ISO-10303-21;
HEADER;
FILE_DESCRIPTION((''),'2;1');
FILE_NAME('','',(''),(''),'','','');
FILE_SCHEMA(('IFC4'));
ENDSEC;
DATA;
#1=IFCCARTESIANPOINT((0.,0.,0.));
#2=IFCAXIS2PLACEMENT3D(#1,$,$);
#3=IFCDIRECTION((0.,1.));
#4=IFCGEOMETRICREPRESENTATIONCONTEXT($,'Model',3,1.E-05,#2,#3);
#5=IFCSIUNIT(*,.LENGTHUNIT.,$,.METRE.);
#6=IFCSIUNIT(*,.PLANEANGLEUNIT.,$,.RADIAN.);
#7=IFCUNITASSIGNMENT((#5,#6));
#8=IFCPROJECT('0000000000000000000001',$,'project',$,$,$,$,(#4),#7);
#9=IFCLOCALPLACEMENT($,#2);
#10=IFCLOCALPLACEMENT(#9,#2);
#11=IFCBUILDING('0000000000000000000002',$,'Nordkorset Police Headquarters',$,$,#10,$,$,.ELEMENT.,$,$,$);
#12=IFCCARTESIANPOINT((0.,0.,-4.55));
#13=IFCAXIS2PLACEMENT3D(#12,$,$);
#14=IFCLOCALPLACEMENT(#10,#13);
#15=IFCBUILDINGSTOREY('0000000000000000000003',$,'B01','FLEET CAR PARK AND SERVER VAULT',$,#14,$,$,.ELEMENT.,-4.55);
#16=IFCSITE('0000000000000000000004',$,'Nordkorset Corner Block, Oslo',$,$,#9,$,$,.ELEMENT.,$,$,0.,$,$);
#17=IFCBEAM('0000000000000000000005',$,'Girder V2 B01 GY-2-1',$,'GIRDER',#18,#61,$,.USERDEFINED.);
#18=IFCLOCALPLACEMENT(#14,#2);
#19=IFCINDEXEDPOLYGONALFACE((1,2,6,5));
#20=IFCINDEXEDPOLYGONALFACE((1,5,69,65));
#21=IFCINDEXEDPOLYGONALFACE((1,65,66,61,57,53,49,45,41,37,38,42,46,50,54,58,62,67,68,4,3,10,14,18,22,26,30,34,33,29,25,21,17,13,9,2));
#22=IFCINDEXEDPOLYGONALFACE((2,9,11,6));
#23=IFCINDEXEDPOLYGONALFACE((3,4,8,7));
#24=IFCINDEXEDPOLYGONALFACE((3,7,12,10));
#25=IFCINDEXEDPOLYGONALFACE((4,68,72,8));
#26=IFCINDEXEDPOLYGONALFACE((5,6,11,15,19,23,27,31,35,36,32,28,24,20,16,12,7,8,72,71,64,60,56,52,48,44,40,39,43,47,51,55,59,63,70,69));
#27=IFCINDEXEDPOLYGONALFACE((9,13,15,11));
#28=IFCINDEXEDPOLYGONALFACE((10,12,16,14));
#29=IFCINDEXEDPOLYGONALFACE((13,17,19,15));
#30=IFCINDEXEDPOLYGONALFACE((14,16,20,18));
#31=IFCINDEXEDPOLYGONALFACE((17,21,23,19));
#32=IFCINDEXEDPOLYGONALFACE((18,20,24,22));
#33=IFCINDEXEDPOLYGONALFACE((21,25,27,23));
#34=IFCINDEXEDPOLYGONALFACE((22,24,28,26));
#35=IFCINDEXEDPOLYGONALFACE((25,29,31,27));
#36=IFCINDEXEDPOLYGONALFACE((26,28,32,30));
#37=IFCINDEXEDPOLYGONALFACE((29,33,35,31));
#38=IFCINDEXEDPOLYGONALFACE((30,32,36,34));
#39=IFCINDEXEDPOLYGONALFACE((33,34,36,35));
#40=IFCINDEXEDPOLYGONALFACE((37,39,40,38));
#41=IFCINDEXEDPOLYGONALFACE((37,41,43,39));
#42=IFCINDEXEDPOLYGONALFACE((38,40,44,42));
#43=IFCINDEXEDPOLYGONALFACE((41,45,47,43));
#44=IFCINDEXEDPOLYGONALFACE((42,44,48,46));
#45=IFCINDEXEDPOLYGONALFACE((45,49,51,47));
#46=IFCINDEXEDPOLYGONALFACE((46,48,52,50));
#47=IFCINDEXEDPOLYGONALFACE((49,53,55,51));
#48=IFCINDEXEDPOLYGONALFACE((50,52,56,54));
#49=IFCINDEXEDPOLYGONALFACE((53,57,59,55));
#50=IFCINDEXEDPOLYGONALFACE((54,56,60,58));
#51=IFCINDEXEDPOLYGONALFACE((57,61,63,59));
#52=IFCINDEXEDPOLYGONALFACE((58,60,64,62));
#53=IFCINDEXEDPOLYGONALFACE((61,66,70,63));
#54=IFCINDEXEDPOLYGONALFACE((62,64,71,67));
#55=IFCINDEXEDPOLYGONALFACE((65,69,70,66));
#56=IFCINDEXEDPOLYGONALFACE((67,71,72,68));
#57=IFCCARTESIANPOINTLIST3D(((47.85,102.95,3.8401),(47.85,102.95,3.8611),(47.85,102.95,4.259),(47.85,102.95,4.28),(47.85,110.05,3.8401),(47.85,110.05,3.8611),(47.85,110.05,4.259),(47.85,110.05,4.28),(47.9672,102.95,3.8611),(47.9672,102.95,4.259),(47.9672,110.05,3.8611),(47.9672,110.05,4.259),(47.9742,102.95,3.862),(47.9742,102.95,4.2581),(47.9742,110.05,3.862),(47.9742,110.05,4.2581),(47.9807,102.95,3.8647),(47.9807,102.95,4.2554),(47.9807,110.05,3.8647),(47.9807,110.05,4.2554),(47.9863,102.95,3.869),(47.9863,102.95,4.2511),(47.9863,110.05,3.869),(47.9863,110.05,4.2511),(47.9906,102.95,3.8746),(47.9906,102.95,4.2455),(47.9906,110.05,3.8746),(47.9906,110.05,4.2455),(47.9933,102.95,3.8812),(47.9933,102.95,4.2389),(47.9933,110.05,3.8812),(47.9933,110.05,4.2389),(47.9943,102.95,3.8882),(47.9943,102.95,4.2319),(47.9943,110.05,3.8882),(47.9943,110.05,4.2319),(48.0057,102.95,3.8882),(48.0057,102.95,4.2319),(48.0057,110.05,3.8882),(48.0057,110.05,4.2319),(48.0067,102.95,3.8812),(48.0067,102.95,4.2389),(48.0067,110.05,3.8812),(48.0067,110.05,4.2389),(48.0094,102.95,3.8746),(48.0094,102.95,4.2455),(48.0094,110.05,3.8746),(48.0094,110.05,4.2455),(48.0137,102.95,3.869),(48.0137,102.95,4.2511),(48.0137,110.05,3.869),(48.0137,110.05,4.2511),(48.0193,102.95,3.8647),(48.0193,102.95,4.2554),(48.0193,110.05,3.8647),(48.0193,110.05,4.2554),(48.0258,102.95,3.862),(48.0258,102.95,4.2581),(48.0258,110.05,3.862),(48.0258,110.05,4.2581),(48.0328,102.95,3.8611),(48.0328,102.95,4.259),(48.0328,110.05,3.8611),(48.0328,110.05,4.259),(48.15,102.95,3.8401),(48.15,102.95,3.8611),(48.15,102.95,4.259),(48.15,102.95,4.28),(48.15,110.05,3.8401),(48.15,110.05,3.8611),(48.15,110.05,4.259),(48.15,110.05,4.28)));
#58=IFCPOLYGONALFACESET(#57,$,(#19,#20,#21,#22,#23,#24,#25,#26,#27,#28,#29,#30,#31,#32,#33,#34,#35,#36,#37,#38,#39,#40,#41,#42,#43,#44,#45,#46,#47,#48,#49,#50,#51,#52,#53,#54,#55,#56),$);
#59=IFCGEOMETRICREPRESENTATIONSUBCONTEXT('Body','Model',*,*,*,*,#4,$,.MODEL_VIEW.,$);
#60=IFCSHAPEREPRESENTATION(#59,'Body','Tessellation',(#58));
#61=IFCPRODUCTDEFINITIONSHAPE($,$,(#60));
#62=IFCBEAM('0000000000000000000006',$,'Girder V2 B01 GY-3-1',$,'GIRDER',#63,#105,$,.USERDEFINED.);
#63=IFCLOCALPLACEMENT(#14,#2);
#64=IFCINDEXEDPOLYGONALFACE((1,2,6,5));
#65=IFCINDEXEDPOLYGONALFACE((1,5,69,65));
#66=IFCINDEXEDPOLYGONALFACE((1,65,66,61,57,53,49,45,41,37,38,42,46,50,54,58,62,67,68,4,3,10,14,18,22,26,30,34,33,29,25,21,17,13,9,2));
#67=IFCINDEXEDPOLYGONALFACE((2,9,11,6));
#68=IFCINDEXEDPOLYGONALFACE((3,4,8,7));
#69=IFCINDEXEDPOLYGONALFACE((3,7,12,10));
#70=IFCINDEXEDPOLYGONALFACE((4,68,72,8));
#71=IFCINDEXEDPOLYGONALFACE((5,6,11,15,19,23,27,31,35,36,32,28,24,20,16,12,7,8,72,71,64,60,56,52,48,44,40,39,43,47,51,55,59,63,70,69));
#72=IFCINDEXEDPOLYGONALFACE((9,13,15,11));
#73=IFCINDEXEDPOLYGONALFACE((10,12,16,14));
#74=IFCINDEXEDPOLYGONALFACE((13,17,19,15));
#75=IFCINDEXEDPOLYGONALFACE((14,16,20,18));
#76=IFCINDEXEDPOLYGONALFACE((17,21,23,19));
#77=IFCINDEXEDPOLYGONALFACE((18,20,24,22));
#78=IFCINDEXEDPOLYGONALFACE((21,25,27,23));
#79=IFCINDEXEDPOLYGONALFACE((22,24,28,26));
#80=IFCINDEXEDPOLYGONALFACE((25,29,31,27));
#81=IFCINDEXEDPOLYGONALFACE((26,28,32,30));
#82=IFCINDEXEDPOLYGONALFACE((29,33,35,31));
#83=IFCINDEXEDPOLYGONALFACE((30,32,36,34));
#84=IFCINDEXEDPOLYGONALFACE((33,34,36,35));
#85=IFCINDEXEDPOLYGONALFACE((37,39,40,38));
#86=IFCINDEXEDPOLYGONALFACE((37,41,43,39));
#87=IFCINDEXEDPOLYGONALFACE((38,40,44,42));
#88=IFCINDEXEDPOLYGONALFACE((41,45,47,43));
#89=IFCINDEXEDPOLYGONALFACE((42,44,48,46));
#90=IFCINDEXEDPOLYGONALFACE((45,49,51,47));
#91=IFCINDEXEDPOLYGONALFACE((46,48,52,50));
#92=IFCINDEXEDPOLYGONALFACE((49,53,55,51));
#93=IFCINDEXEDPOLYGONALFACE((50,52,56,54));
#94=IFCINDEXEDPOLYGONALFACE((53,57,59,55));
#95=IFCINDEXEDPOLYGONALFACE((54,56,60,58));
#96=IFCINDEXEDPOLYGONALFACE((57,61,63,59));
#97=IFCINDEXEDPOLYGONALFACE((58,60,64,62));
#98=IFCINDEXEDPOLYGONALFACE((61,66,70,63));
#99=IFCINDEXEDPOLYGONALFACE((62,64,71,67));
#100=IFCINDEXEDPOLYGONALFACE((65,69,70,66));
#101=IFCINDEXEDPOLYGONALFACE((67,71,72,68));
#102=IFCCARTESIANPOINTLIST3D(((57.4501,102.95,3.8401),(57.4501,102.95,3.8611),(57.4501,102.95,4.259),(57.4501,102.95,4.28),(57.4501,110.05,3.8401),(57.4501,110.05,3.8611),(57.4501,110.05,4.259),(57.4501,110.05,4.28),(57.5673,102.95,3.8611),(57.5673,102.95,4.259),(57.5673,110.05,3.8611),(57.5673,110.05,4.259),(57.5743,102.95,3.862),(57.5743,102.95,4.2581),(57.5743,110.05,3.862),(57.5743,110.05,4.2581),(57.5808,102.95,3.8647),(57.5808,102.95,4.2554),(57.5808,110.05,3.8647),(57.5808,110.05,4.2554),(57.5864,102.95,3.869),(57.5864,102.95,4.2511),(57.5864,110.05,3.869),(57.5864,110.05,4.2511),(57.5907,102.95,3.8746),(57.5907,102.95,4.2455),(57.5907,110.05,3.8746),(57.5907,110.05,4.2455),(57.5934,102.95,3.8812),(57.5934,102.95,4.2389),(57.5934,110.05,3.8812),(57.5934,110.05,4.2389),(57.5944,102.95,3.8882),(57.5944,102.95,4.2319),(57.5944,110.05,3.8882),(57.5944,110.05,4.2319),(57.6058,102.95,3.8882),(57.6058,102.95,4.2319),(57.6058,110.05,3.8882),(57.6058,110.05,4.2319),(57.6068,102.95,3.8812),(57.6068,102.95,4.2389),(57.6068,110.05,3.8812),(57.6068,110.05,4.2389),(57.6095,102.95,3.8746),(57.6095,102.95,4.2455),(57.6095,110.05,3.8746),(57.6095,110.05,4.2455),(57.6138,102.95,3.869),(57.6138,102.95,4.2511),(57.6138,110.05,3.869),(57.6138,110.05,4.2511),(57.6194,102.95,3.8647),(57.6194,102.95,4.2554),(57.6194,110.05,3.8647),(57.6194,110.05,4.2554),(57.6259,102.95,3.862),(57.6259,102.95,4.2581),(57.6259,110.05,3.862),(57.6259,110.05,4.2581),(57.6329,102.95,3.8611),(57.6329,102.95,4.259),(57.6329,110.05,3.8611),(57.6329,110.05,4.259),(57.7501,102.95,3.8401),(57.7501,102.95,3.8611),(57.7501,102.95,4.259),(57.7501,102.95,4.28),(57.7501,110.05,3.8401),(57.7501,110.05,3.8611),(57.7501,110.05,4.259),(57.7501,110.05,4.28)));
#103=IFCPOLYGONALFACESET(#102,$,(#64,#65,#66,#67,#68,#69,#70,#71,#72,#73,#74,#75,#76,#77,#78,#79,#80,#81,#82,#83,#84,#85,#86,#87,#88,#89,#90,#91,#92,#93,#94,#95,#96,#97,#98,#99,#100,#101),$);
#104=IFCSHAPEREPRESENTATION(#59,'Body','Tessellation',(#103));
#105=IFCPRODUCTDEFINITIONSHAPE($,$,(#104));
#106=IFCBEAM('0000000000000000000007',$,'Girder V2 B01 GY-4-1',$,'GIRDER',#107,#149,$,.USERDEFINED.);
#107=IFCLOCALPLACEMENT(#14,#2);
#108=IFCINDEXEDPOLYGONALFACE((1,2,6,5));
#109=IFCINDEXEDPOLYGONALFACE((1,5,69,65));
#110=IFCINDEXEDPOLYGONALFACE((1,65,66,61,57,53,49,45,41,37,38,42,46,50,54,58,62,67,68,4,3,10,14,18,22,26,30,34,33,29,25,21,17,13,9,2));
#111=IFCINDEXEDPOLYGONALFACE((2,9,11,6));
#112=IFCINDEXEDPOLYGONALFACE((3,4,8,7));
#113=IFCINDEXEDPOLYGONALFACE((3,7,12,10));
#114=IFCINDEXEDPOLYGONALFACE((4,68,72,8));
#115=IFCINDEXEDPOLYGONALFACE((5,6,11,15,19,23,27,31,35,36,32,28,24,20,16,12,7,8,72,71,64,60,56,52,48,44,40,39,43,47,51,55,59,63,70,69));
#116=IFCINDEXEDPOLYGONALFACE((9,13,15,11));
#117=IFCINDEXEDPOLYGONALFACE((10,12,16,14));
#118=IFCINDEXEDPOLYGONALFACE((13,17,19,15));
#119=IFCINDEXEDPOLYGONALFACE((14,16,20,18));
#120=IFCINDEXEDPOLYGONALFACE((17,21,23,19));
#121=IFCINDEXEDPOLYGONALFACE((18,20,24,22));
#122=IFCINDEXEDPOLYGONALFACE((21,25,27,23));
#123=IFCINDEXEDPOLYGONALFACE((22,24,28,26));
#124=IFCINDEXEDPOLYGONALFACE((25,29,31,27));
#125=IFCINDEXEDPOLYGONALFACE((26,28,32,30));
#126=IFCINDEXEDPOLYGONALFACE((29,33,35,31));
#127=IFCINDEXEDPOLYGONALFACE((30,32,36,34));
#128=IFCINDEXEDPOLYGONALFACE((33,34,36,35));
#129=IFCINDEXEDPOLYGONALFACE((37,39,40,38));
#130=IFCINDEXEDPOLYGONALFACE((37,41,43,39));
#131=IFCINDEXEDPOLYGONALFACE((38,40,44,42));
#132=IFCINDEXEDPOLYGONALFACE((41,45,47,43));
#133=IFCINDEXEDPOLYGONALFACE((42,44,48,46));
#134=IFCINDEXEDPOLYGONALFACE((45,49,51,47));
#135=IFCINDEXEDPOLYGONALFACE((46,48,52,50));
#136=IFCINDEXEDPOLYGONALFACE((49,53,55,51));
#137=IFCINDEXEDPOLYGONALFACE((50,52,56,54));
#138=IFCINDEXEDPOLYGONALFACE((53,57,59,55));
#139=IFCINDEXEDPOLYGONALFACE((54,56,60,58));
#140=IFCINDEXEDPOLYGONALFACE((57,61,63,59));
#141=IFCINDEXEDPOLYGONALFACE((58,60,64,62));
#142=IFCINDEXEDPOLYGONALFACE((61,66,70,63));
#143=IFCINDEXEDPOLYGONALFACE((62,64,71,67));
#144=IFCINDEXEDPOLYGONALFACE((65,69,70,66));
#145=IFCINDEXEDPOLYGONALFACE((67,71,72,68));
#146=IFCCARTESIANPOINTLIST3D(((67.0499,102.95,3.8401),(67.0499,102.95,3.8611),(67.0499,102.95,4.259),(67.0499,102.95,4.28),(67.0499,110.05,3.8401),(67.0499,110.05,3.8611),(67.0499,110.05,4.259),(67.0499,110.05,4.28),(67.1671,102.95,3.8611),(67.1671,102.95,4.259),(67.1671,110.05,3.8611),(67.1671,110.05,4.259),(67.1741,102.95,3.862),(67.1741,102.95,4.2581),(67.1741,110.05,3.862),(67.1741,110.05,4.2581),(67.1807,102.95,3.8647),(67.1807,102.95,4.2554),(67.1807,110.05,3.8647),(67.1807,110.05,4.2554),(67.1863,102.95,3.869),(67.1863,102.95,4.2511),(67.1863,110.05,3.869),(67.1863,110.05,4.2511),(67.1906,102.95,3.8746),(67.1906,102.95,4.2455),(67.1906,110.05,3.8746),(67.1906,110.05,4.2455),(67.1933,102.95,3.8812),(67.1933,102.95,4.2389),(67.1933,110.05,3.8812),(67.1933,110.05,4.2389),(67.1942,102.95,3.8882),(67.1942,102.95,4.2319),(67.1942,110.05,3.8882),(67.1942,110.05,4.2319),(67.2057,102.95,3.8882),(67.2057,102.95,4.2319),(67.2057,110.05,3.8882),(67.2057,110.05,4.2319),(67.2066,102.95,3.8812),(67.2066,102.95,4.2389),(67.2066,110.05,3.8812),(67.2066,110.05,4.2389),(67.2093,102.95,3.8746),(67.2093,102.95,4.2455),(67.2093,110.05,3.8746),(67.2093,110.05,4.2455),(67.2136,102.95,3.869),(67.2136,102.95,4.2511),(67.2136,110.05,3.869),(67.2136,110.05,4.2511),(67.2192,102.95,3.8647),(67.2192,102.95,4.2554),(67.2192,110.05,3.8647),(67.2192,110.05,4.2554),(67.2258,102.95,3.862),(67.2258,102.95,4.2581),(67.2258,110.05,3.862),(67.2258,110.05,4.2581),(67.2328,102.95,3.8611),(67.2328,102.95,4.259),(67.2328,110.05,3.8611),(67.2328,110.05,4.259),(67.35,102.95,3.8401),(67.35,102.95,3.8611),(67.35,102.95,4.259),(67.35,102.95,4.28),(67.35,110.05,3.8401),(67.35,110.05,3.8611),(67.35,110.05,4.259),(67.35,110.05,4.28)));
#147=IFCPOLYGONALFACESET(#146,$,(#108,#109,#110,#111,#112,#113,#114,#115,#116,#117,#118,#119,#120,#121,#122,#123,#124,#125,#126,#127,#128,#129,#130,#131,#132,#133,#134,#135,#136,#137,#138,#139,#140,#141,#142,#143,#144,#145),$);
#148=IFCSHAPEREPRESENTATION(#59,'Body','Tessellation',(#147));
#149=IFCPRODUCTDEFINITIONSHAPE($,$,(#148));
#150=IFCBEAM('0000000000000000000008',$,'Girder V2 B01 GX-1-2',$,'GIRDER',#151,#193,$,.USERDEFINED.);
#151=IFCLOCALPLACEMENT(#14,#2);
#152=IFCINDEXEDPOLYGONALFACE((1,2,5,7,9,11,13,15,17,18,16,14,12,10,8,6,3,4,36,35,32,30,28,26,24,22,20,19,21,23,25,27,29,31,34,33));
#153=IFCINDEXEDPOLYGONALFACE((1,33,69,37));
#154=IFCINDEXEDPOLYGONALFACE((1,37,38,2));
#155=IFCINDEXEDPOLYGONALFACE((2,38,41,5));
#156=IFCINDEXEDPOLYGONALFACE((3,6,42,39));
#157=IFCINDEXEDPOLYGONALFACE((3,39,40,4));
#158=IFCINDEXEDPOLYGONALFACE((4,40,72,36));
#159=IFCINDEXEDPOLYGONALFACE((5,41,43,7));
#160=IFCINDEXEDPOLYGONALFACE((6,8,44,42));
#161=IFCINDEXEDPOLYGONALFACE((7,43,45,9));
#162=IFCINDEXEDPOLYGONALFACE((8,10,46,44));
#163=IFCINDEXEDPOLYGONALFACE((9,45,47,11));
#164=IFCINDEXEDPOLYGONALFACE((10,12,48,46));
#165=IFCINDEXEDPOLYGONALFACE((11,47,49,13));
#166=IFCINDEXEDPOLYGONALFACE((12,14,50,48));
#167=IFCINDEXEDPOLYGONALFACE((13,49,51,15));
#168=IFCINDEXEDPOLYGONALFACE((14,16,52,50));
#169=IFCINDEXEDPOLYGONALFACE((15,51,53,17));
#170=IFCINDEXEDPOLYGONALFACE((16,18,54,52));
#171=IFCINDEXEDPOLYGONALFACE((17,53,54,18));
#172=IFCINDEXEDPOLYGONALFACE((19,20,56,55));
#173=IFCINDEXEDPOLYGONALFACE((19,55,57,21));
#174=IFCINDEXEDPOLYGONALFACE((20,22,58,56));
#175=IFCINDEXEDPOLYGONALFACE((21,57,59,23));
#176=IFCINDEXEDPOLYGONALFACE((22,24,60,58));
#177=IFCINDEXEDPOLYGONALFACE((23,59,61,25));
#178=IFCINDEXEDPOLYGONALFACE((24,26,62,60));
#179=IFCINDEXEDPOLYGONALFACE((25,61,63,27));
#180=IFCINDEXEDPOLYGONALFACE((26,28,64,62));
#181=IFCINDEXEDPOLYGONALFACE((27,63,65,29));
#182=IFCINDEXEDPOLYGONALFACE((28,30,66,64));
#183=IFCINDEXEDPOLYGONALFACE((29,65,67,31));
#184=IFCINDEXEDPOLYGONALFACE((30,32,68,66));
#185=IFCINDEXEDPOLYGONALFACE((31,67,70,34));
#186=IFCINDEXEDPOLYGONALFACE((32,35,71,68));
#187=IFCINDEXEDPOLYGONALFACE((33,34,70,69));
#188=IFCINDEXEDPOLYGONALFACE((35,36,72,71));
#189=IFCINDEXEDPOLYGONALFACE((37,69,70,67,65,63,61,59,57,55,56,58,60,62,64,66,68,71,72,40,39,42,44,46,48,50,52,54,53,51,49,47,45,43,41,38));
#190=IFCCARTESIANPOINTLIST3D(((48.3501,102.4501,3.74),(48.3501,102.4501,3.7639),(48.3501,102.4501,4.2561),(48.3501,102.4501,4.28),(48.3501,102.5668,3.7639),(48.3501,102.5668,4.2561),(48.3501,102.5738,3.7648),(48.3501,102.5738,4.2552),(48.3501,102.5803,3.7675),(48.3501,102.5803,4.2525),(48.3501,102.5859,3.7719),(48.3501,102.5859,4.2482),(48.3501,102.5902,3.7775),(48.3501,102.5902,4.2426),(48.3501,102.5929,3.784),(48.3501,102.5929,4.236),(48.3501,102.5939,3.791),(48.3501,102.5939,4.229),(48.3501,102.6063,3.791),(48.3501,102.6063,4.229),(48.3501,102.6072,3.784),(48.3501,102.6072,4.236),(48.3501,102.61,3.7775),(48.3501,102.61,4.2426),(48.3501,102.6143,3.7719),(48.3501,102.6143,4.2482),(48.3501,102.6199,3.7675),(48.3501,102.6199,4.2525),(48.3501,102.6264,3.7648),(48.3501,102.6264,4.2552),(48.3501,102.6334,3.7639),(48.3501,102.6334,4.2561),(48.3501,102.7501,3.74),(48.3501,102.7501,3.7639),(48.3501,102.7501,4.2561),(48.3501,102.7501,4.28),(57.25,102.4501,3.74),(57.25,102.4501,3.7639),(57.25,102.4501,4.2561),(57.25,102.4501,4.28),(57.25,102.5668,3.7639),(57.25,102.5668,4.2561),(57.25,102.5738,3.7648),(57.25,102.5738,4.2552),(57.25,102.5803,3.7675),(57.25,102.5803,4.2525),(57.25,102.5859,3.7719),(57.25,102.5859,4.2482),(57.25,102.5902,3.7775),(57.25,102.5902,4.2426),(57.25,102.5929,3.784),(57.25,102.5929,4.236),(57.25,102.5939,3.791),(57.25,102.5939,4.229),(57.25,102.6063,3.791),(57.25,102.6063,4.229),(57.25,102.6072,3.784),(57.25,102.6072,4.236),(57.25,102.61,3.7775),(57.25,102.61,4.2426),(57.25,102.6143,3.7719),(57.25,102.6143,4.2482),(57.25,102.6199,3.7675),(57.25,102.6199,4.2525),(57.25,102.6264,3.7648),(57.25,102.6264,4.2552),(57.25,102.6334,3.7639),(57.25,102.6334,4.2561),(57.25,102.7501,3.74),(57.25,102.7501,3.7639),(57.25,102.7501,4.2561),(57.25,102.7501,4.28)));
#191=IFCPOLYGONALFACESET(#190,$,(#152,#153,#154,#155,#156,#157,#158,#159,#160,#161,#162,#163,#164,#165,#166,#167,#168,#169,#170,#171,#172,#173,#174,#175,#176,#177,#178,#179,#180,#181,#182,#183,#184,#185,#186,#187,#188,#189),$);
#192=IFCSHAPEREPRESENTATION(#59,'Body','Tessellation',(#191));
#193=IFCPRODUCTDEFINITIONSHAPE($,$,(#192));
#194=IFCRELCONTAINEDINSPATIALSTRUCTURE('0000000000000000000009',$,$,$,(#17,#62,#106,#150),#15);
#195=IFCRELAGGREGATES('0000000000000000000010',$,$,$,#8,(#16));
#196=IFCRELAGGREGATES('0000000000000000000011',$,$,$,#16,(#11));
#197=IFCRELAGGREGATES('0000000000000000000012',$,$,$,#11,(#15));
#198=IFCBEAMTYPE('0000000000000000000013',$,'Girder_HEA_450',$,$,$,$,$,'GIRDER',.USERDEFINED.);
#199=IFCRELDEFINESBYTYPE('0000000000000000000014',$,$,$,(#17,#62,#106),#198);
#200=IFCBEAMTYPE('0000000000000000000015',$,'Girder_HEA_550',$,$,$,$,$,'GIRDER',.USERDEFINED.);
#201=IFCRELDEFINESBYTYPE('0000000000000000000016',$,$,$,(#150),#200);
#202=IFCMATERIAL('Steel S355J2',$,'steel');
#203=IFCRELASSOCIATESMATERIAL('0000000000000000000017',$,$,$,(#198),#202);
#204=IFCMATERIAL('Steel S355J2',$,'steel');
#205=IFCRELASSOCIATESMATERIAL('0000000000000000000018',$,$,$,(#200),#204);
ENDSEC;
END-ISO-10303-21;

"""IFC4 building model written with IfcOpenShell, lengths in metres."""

from ifc_helpers import new_model, si_unit, direction, frame, origin, origin_2d, place, context, subcontext, project, spatial, i_section, extrude, material, material_profile, profile_set, type_object, element, save


model = new_model("IFC4")

# Units and contexts
model_context = context("Model", 3, precision=1e-05, world=origin(), true_north=direction((0.0, 1.0)))
body_context = subcontext(model_context, "Body", "Model", "MODEL_VIEW")
ifc_project = project(units=[si_unit("LENGTHUNIT", "METRE"), si_unit("PLANEANGLEUNIT", "RADIAN")], contexts=[model_context])

# Site, building, storey
site_placement = place(None, origin())
site = spatial("IfcSite", under=ifc_project, at=site_placement, Name="Nordkorset Corner Block, Oslo", CompositionType="ELEMENT", RefElevation=0.0)
building_placement = place(site_placement, origin())
building = spatial("IfcBuilding", under=site, at=building_placement, Name="Nordkorset Police Headquarters", CompositionType="ELEMENT")
storey_placement = place(building_placement, frame((0.0, 0.0, -4.55)))
storey = spatial("IfcBuildingStorey", under=building, at=storey_placement, Name="B01", Description="FLEET CAR PARK AND SERVER VAULT", CompositionType="ELEMENT", Elevation=-4.55)

# Beams
ifc_material_1 = material(Name="Steel S355J2", Category="steel")
ifc_material_profile_1 = material_profile(ifc_material_1, i_section(OverallWidth=0.3, OverallDepth=0.4399, WebThickness=0.0115, FlangeThickness=0.021, FilletRadius=0.0271, at=origin_2d()), Name="HEA 450")
ifc_profile_set_1 = profile_set([ifc_material_profile_1], Name="Steel S355J2")
beam_type_1 = type_object("IfcBeamType", Name="Girder_HEA_450", ElementType="GIRDER", PredefinedType="USERDEFINED", material=ifc_profile_set_1)
for number, where, z_axis, x_axis, name in (
    (1, (48.0, 102.95, 4.0601), (0.0, 1.0, 0.0), (-1.0, 0.0, 0.0), "Girder V2 B01 GY-2-1"),
    (2, (57.6001, 102.95, 4.0601), (0.0, 1.0, 0.0), (-1.0, 0.0, 0.0), "Girder V2 B01 GY-3-1"),
    (3, (67.2, 102.95, 4.0601), (0.0, 1.0, 0.0), (-1.0, 0.0, 0.0), "Girder V2 B01 GY-4-1"),
):
    element("IfcBeam", number, at=place(storey_placement, frame(where, z_axis=z_axis, x_axis=x_axis)), inside=storey, type_object=beam_type_1, Name=name, ObjectType="GIRDER", PredefinedType="USERDEFINED", context=body_context, shape_type="SweptSolid", body=[
        extrude(i_section(OverallWidth=0.3, OverallDepth=0.4399, WebThickness=0.0115, FlangeThickness=0.021, FilletRadius=0.0271, at=origin_2d()), origin(), (0.0, 0.0, 1.0), 7.1001),
    ])
ifc_material_2 = material(Name="Steel S355J2", Category="steel")
ifc_material_profile_2 = material_profile(ifc_material_2, i_section(OverallWidth=0.3, OverallDepth=0.54, WebThickness=0.0125, FlangeThickness=0.0239, FilletRadius=0.0271, at=origin_2d()), Name="HEA 550")
ifc_profile_set_2 = profile_set([ifc_material_profile_2], Name="Steel S355J2")
beam_type_2 = type_object("IfcBeamType", Name="Girder_HEA_550", ElementType="GIRDER", PredefinedType="USERDEFINED", material=ifc_profile_set_2)
beam_1_placement = place(storey_placement, frame((48.3501, 102.6001, 4.01), z_axis=(1.0, 0.0, 0.0), x_axis=(0.0, 1.0, 0.0)))
element("IfcBeam", 4, at=beam_1_placement, inside=storey, type_object=beam_type_2, Name="Girder V2 B01 GX-1-2", ObjectType="GIRDER", PredefinedType="USERDEFINED", context=body_context, shape_type="SweptSolid", body=[
    extrude(i_section(OverallWidth=0.3, OverallDepth=0.54, WebThickness=0.0125, FlangeThickness=0.0239, FilletRadius=0.0271, at=origin_2d()), origin(), (0.0, 0.0, 1.0), 8.8999),
])

save(model, "model.ifc")
